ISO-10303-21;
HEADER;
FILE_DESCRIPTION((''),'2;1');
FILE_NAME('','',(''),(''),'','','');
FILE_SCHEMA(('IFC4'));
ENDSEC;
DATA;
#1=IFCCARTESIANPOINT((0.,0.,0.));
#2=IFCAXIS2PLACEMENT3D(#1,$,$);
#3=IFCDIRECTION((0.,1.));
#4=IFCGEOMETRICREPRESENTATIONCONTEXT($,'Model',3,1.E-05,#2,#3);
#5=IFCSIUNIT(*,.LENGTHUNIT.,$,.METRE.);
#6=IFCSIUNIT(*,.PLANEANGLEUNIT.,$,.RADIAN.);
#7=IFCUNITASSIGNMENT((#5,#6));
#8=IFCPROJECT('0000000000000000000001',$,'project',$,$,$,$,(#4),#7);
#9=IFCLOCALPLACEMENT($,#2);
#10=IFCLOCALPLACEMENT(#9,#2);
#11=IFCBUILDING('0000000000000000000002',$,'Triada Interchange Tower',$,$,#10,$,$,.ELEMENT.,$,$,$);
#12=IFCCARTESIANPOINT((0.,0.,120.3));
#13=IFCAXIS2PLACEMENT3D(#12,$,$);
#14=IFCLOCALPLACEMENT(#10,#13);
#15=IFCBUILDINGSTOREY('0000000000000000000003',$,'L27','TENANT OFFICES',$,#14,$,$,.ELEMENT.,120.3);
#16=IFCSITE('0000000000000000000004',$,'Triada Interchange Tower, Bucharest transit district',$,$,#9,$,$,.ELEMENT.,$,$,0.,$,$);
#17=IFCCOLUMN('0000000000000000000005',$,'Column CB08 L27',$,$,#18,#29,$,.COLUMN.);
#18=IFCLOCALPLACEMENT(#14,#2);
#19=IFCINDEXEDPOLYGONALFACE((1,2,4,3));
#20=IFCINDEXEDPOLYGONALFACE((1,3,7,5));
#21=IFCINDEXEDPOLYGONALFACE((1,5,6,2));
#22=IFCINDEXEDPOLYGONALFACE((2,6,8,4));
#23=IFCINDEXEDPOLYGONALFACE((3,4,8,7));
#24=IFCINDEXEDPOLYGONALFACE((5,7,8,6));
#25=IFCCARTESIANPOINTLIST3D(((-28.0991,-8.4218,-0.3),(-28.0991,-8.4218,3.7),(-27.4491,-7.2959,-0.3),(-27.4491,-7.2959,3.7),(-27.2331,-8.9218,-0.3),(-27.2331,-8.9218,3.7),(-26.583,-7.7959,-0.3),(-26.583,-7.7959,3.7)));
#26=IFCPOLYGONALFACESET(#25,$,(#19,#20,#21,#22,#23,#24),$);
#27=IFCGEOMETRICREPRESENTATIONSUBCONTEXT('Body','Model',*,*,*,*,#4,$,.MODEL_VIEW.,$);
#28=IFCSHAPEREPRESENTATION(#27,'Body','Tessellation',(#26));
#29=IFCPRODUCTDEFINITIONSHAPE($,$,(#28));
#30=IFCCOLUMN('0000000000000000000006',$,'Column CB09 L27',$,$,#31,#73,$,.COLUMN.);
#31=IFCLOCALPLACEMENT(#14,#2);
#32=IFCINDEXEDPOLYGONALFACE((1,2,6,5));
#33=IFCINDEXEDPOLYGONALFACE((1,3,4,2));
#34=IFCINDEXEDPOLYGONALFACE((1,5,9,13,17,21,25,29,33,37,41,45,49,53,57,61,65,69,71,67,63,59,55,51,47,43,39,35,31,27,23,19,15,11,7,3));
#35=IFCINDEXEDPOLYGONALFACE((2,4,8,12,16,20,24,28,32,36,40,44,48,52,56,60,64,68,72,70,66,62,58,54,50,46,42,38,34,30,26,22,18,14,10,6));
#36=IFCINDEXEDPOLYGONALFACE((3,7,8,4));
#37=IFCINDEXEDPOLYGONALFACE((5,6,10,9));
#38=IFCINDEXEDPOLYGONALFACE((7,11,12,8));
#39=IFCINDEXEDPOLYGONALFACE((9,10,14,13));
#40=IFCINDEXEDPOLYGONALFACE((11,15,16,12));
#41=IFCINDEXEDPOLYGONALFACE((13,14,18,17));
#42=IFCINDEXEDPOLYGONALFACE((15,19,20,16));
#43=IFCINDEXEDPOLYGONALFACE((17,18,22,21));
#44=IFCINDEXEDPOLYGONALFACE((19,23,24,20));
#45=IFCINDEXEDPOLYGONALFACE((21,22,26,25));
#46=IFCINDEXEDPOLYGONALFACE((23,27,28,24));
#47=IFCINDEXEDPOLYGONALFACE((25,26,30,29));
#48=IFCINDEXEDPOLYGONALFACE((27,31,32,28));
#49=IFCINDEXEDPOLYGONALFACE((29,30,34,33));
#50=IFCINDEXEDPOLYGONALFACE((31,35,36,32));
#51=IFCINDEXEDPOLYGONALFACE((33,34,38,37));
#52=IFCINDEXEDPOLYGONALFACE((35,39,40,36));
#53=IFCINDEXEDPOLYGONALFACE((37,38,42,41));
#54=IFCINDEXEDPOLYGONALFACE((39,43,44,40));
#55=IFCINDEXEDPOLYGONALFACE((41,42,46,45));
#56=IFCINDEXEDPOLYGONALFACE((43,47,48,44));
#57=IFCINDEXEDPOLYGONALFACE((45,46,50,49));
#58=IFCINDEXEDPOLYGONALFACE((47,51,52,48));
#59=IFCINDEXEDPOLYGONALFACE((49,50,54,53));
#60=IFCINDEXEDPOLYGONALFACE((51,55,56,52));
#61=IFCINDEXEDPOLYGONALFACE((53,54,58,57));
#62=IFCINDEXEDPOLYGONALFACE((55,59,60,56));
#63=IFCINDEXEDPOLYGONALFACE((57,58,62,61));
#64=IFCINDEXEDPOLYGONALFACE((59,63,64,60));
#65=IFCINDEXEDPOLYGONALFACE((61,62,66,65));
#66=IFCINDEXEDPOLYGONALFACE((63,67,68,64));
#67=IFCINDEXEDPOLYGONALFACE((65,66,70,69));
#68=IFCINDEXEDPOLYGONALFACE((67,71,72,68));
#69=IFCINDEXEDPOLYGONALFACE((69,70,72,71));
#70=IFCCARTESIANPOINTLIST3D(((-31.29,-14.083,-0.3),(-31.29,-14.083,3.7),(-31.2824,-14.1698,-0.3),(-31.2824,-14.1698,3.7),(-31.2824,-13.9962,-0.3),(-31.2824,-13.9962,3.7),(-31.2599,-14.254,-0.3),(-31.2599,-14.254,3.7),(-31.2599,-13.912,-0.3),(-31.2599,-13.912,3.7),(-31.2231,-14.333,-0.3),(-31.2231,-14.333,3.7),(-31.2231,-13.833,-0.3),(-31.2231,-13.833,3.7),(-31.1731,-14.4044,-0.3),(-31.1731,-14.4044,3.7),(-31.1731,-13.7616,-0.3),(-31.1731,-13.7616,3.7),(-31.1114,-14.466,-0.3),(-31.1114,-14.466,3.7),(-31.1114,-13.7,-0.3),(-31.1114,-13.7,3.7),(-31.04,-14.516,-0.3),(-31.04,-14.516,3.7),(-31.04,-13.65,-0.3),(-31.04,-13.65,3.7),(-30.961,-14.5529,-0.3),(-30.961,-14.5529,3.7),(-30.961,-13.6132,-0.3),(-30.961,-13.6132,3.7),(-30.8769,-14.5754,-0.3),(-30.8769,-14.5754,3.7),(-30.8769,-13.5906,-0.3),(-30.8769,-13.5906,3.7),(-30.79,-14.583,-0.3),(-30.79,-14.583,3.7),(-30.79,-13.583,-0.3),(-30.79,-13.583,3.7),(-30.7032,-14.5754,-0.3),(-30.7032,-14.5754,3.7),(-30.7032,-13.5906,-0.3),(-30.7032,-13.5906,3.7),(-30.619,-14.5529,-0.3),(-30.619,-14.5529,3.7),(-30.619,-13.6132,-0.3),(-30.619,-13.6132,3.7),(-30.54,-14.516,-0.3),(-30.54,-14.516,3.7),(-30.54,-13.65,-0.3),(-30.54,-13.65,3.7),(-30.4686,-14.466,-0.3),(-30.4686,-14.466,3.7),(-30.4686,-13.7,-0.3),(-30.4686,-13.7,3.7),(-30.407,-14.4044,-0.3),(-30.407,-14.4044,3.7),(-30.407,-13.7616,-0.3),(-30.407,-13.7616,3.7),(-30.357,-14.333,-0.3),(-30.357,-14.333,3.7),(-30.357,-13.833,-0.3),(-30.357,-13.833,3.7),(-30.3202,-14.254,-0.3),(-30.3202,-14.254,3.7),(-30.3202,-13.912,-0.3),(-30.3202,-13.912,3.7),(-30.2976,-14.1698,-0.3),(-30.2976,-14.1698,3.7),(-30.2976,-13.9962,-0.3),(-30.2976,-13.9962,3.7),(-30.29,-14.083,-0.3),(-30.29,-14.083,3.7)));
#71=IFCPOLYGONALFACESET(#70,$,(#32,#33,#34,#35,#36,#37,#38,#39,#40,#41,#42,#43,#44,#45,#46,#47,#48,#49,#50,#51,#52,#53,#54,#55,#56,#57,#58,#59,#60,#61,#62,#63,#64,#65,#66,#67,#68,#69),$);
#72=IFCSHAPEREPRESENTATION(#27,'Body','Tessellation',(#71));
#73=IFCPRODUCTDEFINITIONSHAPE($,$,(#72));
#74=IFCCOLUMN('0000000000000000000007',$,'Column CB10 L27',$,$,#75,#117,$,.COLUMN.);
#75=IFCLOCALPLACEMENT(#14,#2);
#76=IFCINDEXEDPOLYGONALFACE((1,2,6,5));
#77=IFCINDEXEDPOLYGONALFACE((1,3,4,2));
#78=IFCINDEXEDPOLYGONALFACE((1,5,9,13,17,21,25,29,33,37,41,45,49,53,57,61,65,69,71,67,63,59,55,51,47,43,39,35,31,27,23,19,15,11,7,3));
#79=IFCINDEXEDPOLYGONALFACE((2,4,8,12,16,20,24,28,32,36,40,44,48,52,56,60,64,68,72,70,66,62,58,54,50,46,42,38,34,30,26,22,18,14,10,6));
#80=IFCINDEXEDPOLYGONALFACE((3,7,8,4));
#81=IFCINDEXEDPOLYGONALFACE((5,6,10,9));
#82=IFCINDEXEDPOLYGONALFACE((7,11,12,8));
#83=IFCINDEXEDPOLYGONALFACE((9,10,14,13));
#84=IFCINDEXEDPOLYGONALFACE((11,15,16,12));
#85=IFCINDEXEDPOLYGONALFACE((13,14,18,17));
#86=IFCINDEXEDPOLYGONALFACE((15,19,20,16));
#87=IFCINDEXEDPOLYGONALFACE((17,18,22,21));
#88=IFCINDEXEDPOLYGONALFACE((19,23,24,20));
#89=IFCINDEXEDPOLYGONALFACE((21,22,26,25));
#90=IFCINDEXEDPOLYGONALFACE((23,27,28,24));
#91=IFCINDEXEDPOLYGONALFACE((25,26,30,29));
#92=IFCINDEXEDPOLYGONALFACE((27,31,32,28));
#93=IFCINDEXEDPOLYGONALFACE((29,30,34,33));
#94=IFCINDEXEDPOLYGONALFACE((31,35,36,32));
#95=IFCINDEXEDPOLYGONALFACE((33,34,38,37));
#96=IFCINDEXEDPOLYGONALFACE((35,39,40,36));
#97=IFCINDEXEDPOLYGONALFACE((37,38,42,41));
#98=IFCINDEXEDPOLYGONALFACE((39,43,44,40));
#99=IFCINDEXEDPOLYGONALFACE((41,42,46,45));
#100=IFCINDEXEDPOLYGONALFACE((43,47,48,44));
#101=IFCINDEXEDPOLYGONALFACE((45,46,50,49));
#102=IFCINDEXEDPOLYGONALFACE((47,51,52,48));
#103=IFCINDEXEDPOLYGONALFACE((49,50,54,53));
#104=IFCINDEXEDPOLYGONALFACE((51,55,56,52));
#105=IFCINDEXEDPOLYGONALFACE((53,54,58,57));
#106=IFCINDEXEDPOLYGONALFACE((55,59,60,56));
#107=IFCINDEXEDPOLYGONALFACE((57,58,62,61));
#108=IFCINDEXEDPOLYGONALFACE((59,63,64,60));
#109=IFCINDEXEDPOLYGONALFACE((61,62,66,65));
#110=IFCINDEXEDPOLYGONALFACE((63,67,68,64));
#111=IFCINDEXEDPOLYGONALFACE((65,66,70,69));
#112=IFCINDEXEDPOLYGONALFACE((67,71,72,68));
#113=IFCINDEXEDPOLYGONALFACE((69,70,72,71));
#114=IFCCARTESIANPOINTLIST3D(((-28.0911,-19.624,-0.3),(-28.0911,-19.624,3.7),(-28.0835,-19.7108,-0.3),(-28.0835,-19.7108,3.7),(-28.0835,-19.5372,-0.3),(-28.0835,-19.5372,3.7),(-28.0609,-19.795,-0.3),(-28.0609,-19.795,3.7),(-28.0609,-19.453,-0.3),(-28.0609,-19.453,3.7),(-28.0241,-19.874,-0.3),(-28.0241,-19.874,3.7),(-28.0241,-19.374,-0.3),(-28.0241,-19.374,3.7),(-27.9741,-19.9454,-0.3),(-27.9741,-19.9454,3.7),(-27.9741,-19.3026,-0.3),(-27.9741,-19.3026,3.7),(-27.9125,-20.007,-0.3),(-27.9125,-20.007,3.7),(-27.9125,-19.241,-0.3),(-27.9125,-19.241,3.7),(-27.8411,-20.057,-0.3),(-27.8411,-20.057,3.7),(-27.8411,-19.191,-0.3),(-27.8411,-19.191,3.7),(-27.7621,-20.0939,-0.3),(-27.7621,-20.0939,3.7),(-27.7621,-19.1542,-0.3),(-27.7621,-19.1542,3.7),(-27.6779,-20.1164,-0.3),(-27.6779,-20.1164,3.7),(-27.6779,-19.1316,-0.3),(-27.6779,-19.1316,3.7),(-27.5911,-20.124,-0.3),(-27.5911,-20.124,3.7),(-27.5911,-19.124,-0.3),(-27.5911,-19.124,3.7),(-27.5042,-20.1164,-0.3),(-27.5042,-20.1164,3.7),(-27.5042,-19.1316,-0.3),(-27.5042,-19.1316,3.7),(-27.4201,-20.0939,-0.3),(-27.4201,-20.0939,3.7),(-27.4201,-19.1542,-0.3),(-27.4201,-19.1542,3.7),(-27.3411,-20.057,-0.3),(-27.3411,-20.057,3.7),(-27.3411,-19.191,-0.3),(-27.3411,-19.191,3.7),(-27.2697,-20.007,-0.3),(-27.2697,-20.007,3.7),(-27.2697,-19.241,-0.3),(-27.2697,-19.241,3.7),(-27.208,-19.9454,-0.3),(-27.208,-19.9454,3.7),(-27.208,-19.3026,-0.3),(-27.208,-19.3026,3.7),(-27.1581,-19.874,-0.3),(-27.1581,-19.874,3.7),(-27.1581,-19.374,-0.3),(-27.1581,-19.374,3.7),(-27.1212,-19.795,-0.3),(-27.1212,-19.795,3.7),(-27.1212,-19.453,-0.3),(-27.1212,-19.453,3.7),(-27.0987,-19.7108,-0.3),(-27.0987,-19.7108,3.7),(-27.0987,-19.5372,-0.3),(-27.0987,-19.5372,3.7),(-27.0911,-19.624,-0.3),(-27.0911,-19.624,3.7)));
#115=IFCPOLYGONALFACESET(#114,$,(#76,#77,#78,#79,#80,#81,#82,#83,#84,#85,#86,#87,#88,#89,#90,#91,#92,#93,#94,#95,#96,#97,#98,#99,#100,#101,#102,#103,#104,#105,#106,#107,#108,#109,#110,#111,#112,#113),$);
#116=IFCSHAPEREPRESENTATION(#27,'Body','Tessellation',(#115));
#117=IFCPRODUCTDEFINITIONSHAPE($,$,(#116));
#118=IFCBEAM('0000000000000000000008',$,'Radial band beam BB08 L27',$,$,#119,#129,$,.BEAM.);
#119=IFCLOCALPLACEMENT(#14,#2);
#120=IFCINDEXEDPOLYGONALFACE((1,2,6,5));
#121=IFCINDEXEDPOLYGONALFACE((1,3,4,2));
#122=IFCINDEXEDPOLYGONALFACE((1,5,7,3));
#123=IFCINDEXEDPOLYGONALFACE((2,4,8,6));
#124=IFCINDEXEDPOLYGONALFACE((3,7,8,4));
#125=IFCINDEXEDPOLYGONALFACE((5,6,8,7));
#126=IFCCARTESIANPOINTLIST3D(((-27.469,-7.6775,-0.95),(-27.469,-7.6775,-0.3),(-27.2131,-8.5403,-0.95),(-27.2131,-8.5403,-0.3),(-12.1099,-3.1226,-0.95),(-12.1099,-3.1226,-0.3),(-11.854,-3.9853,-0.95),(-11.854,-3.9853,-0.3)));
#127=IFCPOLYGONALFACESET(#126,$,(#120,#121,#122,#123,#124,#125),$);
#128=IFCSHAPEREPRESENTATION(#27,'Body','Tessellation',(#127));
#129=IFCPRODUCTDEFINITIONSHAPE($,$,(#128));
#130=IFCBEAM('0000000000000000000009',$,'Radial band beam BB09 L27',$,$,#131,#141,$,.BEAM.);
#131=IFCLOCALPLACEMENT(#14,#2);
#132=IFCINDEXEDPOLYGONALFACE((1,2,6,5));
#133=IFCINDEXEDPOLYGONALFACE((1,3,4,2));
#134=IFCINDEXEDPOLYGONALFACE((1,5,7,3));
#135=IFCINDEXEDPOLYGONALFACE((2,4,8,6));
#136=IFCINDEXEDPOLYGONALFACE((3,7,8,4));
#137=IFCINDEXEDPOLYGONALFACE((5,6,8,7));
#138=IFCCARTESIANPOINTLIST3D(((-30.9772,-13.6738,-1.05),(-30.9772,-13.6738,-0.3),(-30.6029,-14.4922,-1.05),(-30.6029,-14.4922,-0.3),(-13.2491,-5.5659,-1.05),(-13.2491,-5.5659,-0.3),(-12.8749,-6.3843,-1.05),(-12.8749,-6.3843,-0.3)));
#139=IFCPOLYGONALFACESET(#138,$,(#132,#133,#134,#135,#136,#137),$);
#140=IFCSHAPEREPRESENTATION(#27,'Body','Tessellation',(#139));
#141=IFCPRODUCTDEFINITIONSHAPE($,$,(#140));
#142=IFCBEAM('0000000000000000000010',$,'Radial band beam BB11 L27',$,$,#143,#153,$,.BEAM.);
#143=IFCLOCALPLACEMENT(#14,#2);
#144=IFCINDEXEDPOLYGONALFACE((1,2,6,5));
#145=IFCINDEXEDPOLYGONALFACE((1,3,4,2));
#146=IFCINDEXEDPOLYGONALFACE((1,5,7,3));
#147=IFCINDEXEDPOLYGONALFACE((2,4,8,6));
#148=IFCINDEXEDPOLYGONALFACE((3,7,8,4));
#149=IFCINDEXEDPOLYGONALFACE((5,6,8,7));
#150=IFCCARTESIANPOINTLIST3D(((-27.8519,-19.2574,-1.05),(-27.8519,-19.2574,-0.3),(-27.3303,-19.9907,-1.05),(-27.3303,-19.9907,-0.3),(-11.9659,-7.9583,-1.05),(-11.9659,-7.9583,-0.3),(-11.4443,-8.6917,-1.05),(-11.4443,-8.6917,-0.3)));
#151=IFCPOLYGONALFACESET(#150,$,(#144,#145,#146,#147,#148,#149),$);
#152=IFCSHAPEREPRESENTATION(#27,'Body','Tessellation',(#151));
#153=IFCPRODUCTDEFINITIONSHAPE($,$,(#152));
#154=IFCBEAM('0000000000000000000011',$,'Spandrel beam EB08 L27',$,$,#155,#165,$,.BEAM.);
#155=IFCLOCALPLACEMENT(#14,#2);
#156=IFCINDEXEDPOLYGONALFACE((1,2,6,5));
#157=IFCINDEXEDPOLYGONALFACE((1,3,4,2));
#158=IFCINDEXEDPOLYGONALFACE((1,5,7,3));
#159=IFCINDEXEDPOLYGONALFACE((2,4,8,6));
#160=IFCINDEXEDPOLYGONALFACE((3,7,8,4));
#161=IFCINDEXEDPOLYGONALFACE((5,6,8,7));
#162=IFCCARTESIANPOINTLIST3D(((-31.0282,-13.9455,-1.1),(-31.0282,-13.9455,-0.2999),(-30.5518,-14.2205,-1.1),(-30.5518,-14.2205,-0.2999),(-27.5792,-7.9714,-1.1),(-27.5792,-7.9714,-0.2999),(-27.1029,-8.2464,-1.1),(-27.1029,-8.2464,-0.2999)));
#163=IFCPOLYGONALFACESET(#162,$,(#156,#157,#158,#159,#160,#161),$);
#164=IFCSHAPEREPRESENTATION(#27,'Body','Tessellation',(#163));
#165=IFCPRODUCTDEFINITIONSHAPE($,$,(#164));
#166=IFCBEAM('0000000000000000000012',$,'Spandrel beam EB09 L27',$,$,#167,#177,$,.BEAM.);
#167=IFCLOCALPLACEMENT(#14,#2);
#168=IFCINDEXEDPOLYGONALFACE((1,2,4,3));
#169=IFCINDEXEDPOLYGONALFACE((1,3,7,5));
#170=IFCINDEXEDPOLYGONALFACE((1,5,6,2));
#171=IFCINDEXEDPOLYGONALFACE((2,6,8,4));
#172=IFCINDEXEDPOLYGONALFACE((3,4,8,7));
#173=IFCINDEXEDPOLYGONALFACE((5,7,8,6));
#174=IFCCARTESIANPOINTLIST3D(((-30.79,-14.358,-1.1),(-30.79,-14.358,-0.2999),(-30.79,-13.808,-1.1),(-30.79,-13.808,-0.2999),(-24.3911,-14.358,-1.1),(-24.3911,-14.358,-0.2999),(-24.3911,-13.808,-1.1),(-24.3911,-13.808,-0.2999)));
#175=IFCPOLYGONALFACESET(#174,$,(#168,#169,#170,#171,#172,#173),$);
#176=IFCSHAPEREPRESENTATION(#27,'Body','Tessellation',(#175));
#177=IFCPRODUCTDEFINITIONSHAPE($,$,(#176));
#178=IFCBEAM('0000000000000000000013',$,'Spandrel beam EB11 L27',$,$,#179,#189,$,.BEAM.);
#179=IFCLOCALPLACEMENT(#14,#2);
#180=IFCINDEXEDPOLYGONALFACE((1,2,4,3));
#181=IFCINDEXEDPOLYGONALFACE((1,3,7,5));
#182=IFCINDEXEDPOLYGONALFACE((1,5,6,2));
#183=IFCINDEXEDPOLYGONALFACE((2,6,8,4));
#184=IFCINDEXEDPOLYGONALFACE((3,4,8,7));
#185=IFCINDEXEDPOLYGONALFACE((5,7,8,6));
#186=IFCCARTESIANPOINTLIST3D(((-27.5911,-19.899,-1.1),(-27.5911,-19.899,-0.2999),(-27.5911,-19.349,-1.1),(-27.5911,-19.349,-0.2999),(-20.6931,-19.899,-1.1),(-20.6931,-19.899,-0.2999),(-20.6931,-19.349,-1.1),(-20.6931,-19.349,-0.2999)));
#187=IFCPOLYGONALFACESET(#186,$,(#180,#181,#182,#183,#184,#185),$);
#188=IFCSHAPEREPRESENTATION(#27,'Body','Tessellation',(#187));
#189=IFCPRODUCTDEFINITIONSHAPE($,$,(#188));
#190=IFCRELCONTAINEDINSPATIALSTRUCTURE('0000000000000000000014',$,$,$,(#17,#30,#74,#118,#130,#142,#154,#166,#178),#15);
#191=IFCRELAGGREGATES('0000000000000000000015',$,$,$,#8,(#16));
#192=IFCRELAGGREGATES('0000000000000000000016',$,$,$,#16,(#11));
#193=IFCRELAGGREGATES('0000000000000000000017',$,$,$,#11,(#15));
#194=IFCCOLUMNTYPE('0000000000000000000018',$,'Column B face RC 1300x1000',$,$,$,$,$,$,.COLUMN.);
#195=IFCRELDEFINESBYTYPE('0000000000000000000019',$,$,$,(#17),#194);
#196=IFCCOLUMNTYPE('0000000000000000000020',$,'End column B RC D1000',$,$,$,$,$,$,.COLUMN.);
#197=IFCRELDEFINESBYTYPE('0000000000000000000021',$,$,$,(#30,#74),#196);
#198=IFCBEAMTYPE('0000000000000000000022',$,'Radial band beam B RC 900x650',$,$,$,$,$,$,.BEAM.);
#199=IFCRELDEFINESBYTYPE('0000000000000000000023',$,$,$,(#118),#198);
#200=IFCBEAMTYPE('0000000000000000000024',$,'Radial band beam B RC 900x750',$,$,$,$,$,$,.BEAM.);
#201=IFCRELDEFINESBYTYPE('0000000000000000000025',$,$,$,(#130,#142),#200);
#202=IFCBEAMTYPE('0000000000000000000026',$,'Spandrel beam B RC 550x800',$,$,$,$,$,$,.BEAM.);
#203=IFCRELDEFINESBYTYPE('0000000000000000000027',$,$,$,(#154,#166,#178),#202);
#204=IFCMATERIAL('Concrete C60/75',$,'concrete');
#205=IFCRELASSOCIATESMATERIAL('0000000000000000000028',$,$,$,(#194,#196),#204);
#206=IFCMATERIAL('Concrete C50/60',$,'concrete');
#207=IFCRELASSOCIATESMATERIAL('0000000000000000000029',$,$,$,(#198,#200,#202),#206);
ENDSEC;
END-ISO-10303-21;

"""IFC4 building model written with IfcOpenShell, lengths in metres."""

from ifc_helpers import new_model, si_unit, direction, frame, origin, origin_2d, place, context, subcontext, project, spatial, rectangle, circle, extrude, material, material_profile, profile_set, type_object, element, save


model = new_model("IFC4")

# Units and contexts
model_context = context("Model", 3, precision=1e-05, world=origin(), true_north=direction((0.0, 1.0)))
body_context = subcontext(model_context, "Body", "Model", "MODEL_VIEW")
ifc_project = project(units=[si_unit("LENGTHUNIT", "METRE"), si_unit("PLANEANGLEUNIT", "RADIAN")], contexts=[model_context])

# Site, building, storey
site_placement = place(None, origin())
site = spatial("IfcSite", under=ifc_project, at=site_placement, Name="Triada Interchange Tower, Bucharest transit district", CompositionType="ELEMENT", RefElevation=0.0)
building_placement = place(site_placement, origin())
building = spatial("IfcBuilding", under=site, at=building_placement, Name="Triada Interchange Tower", CompositionType="ELEMENT")
storey_placement = place(building_placement, frame((0.0, 0.0, 120.3)))
storey = spatial("IfcBuildingStorey", under=building, at=storey_placement, Name="L27", Description="TENANT OFFICES", CompositionType="ELEMENT", Elevation=120.3)

# Columns
ifc_material_1 = material(Name="Concrete C60/75", Category="concrete")
ifc_material_profile_1 = material_profile(ifc_material_1, rectangle(XDim=1.3, YDim=1.0, at=origin_2d()), Name="RC 1300x1000")
ifc_profile_set_1 = profile_set([ifc_material_profile_1], Name="Concrete C60/75")
column_type_1 = type_object("IfcColumnType", Name="Column B face RC 1300x1000", PredefinedType="COLUMN", material=ifc_profile_set_1)
column_placement = place(storey_placement, frame((-27.3411, -8.1089, -0.3), z_axis=(0.0, 0.0, 1.0), x_axis=(0.5, 0.866025, 0.0)))
element("IfcColumn", 1, at=column_placement, inside=storey, type_object=column_type_1, Name="Column CB08 L27", PredefinedType="COLUMN", context=body_context, shape_type="SweptSolid", body=[
    extrude(rectangle(XDim=1.3, YDim=1.0, at=origin_2d()), origin(), (0.0, 0.0, 1.0), 4.0),
])
ifc_material_profile_2 = material_profile(ifc_material_1, circle(Radius=0.5, at=origin_2d()), Name="RC D1000")
ifc_profile_set_2 = profile_set([ifc_material_profile_2], Name="Concrete C60/75")
column_type_2 = type_object("IfcColumnType", Name="End column B RC D1000", PredefinedType="COLUMN", material=ifc_profile_set_2)
for number, where, z_axis, x_axis, name in (
    (2, (-30.79, -14.083, -0.3), (0.0, 0.0, 1.0), (0.5, 0.866025, 0.0), "Column CB09 L27"),
    (3, (-27.5911, -19.624, -0.3), (0.0, 0.0, 1.0), (1.0, 0.0, 0.0), "Column CB10 L27"),
):
    element("IfcColumn", number, at=place(storey_placement, frame(where, z_axis=z_axis, x_axis=x_axis)), inside=storey, type_object=column_type_2, Name=name, PredefinedType="COLUMN", context=body_context, shape_type="SweptSolid", body=[
        extrude(circle(Radius=0.5, at=origin_2d()), origin(), (0.0, 0.0, 1.0), 4.0),
    ])

# Beams
ifc_material_2 = material(Name="Concrete C50/60", Category="concrete")
ifc_material_profile_3 = material_profile(ifc_material_2, rectangle(XDim=0.8999, YDim=0.6499, at=origin_2d()), Name="RC 900x650")
ifc_profile_set_3 = profile_set([ifc_material_profile_3], Name="Concrete C50/60")
beam_type_1 = type_object("IfcBeamType", Name="Radial band beam B RC 900x650", PredefinedType="BEAM", material=ifc_profile_set_3)
beam_1_placement = place(storey_placement, frame((-27.3411, -8.1089, -0.625), z_axis=(0.958729, 0.284322, 0.0), x_axis=(-0.284322, 0.958729, 0.0)))
element("IfcBeam", 4, at=beam_1_placement, inside=storey, type_object=beam_type_1, Name="Radial band beam BB08 L27", PredefinedType="BEAM", context=body_context, shape_type="SweptSolid", body=[
    extrude(rectangle(XDim=0.8999, YDim=0.6499, at=origin_2d()), origin(), (0.0, 0.0, 1.0), 16.0203),
])
ifc_material_profile_4 = material_profile(ifc_material_2, rectangle(XDim=0.8999, YDim=0.75, at=origin_2d()), Name="RC 900x750")
ifc_profile_set_4 = profile_set([ifc_material_profile_4], Name="Concrete C50/60")
beam_type_2 = type_object("IfcBeamType", Name="Radial band beam B RC 900x750", PredefinedType="BEAM", material=ifc_profile_set_4)
beam_2_placement = place(storey_placement, frame((-30.79, -14.083, -0.675), z_axis=(0.909403, 0.415915, 0.0), x_axis=(-0.415915, 0.909403, 0.0)))
element("IfcBeam", 5, at=beam_2_placement, inside=storey, type_object=beam_type_2, Name="Radial band beam BB09 L27", PredefinedType="BEAM", context=body_context, shape_type="SweptSolid", body=[
    extrude(rectangle(XDim=0.8999, YDim=0.75, at=origin_2d()), origin(), (0.0, 0.0, 1.0), 19.4941),
])
beam_3_placement = place(storey_placement, frame((-27.5911, -19.624, -0.675), z_axis=(0.814898, 0.579605, 0.0), x_axis=(-0.579605, 0.814898, 0.0)))
element("IfcBeam", 6, at=beam_3_placement, inside=storey, type_object=beam_type_2, Name="Radial band beam BB11 L27", PredefinedType="BEAM", context=body_context, shape_type="SweptSolid", body=[
    extrude(rectangle(XDim=0.8999, YDim=0.75, at=origin_2d()), origin(), (0.0, 0.0, 1.0), 19.4944),
])
ifc_material_profile_5 = material_profile(ifc_material_2, rectangle(XDim=0.55, YDim=0.8, at=origin_2d()), Name="RC 550x800")
ifc_profile_set_5 = profile_set([ifc_material_profile_5], Name="Concrete C50/60")
beam_type_3 = type_object("IfcBeamType", Name="Spandrel beam B RC 550x800", PredefinedType="BEAM", material=ifc_profile_set_5)
beam_4_placement = place(storey_placement, frame((-27.3411, -8.1089, -0.7), z_axis=(-0.49998, -0.866037, 0.0), x_axis=(0.866037, -0.49998, 0.0)))
element("IfcBeam", 7, at=beam_4_placement, inside=storey, type_object=beam_type_3, Name="Spandrel beam EB08 L27", PredefinedType="BEAM", context=body_context, shape_type="SweptSolid", body=[
    extrude(rectangle(XDim=0.55, YDim=0.8, at=origin_2d()), origin(), (0.0, 0.0, 1.0), 6.8982),
])
beam_5_placement = place(storey_placement, frame((-30.79, -14.083, -0.7), z_axis=(1.0, 0.0, 0.0), x_axis=(0.0, 1.0, 0.0)))
element("IfcBeam", 8, at=beam_5_placement, inside=storey, type_object=beam_type_3, Name="Spandrel beam EB09 L27", PredefinedType="BEAM", context=body_context, shape_type="SweptSolid", body=[
    extrude(rectangle(XDim=0.55, YDim=0.8, at=origin_2d()), origin(), (0.0, 0.0, 1.0), 6.3989),
])
beam_6_placement = place(storey_placement, frame((-27.5911, -19.624, -0.7), z_axis=(1.0, 0.0, 0.0), x_axis=(0.0, 1.0, 0.0)))
element("IfcBeam", 9, at=beam_6_placement, inside=storey, type_object=beam_type_3, Name="Spandrel beam EB11 L27", PredefinedType="BEAM", context=body_context, shape_type="SweptSolid", body=[
    extrude(rectangle(XDim=0.55, YDim=0.8, at=origin_2d()), origin(), (0.0, 0.0, 1.0), 6.8979),
])

save(model, "model.ifc")
